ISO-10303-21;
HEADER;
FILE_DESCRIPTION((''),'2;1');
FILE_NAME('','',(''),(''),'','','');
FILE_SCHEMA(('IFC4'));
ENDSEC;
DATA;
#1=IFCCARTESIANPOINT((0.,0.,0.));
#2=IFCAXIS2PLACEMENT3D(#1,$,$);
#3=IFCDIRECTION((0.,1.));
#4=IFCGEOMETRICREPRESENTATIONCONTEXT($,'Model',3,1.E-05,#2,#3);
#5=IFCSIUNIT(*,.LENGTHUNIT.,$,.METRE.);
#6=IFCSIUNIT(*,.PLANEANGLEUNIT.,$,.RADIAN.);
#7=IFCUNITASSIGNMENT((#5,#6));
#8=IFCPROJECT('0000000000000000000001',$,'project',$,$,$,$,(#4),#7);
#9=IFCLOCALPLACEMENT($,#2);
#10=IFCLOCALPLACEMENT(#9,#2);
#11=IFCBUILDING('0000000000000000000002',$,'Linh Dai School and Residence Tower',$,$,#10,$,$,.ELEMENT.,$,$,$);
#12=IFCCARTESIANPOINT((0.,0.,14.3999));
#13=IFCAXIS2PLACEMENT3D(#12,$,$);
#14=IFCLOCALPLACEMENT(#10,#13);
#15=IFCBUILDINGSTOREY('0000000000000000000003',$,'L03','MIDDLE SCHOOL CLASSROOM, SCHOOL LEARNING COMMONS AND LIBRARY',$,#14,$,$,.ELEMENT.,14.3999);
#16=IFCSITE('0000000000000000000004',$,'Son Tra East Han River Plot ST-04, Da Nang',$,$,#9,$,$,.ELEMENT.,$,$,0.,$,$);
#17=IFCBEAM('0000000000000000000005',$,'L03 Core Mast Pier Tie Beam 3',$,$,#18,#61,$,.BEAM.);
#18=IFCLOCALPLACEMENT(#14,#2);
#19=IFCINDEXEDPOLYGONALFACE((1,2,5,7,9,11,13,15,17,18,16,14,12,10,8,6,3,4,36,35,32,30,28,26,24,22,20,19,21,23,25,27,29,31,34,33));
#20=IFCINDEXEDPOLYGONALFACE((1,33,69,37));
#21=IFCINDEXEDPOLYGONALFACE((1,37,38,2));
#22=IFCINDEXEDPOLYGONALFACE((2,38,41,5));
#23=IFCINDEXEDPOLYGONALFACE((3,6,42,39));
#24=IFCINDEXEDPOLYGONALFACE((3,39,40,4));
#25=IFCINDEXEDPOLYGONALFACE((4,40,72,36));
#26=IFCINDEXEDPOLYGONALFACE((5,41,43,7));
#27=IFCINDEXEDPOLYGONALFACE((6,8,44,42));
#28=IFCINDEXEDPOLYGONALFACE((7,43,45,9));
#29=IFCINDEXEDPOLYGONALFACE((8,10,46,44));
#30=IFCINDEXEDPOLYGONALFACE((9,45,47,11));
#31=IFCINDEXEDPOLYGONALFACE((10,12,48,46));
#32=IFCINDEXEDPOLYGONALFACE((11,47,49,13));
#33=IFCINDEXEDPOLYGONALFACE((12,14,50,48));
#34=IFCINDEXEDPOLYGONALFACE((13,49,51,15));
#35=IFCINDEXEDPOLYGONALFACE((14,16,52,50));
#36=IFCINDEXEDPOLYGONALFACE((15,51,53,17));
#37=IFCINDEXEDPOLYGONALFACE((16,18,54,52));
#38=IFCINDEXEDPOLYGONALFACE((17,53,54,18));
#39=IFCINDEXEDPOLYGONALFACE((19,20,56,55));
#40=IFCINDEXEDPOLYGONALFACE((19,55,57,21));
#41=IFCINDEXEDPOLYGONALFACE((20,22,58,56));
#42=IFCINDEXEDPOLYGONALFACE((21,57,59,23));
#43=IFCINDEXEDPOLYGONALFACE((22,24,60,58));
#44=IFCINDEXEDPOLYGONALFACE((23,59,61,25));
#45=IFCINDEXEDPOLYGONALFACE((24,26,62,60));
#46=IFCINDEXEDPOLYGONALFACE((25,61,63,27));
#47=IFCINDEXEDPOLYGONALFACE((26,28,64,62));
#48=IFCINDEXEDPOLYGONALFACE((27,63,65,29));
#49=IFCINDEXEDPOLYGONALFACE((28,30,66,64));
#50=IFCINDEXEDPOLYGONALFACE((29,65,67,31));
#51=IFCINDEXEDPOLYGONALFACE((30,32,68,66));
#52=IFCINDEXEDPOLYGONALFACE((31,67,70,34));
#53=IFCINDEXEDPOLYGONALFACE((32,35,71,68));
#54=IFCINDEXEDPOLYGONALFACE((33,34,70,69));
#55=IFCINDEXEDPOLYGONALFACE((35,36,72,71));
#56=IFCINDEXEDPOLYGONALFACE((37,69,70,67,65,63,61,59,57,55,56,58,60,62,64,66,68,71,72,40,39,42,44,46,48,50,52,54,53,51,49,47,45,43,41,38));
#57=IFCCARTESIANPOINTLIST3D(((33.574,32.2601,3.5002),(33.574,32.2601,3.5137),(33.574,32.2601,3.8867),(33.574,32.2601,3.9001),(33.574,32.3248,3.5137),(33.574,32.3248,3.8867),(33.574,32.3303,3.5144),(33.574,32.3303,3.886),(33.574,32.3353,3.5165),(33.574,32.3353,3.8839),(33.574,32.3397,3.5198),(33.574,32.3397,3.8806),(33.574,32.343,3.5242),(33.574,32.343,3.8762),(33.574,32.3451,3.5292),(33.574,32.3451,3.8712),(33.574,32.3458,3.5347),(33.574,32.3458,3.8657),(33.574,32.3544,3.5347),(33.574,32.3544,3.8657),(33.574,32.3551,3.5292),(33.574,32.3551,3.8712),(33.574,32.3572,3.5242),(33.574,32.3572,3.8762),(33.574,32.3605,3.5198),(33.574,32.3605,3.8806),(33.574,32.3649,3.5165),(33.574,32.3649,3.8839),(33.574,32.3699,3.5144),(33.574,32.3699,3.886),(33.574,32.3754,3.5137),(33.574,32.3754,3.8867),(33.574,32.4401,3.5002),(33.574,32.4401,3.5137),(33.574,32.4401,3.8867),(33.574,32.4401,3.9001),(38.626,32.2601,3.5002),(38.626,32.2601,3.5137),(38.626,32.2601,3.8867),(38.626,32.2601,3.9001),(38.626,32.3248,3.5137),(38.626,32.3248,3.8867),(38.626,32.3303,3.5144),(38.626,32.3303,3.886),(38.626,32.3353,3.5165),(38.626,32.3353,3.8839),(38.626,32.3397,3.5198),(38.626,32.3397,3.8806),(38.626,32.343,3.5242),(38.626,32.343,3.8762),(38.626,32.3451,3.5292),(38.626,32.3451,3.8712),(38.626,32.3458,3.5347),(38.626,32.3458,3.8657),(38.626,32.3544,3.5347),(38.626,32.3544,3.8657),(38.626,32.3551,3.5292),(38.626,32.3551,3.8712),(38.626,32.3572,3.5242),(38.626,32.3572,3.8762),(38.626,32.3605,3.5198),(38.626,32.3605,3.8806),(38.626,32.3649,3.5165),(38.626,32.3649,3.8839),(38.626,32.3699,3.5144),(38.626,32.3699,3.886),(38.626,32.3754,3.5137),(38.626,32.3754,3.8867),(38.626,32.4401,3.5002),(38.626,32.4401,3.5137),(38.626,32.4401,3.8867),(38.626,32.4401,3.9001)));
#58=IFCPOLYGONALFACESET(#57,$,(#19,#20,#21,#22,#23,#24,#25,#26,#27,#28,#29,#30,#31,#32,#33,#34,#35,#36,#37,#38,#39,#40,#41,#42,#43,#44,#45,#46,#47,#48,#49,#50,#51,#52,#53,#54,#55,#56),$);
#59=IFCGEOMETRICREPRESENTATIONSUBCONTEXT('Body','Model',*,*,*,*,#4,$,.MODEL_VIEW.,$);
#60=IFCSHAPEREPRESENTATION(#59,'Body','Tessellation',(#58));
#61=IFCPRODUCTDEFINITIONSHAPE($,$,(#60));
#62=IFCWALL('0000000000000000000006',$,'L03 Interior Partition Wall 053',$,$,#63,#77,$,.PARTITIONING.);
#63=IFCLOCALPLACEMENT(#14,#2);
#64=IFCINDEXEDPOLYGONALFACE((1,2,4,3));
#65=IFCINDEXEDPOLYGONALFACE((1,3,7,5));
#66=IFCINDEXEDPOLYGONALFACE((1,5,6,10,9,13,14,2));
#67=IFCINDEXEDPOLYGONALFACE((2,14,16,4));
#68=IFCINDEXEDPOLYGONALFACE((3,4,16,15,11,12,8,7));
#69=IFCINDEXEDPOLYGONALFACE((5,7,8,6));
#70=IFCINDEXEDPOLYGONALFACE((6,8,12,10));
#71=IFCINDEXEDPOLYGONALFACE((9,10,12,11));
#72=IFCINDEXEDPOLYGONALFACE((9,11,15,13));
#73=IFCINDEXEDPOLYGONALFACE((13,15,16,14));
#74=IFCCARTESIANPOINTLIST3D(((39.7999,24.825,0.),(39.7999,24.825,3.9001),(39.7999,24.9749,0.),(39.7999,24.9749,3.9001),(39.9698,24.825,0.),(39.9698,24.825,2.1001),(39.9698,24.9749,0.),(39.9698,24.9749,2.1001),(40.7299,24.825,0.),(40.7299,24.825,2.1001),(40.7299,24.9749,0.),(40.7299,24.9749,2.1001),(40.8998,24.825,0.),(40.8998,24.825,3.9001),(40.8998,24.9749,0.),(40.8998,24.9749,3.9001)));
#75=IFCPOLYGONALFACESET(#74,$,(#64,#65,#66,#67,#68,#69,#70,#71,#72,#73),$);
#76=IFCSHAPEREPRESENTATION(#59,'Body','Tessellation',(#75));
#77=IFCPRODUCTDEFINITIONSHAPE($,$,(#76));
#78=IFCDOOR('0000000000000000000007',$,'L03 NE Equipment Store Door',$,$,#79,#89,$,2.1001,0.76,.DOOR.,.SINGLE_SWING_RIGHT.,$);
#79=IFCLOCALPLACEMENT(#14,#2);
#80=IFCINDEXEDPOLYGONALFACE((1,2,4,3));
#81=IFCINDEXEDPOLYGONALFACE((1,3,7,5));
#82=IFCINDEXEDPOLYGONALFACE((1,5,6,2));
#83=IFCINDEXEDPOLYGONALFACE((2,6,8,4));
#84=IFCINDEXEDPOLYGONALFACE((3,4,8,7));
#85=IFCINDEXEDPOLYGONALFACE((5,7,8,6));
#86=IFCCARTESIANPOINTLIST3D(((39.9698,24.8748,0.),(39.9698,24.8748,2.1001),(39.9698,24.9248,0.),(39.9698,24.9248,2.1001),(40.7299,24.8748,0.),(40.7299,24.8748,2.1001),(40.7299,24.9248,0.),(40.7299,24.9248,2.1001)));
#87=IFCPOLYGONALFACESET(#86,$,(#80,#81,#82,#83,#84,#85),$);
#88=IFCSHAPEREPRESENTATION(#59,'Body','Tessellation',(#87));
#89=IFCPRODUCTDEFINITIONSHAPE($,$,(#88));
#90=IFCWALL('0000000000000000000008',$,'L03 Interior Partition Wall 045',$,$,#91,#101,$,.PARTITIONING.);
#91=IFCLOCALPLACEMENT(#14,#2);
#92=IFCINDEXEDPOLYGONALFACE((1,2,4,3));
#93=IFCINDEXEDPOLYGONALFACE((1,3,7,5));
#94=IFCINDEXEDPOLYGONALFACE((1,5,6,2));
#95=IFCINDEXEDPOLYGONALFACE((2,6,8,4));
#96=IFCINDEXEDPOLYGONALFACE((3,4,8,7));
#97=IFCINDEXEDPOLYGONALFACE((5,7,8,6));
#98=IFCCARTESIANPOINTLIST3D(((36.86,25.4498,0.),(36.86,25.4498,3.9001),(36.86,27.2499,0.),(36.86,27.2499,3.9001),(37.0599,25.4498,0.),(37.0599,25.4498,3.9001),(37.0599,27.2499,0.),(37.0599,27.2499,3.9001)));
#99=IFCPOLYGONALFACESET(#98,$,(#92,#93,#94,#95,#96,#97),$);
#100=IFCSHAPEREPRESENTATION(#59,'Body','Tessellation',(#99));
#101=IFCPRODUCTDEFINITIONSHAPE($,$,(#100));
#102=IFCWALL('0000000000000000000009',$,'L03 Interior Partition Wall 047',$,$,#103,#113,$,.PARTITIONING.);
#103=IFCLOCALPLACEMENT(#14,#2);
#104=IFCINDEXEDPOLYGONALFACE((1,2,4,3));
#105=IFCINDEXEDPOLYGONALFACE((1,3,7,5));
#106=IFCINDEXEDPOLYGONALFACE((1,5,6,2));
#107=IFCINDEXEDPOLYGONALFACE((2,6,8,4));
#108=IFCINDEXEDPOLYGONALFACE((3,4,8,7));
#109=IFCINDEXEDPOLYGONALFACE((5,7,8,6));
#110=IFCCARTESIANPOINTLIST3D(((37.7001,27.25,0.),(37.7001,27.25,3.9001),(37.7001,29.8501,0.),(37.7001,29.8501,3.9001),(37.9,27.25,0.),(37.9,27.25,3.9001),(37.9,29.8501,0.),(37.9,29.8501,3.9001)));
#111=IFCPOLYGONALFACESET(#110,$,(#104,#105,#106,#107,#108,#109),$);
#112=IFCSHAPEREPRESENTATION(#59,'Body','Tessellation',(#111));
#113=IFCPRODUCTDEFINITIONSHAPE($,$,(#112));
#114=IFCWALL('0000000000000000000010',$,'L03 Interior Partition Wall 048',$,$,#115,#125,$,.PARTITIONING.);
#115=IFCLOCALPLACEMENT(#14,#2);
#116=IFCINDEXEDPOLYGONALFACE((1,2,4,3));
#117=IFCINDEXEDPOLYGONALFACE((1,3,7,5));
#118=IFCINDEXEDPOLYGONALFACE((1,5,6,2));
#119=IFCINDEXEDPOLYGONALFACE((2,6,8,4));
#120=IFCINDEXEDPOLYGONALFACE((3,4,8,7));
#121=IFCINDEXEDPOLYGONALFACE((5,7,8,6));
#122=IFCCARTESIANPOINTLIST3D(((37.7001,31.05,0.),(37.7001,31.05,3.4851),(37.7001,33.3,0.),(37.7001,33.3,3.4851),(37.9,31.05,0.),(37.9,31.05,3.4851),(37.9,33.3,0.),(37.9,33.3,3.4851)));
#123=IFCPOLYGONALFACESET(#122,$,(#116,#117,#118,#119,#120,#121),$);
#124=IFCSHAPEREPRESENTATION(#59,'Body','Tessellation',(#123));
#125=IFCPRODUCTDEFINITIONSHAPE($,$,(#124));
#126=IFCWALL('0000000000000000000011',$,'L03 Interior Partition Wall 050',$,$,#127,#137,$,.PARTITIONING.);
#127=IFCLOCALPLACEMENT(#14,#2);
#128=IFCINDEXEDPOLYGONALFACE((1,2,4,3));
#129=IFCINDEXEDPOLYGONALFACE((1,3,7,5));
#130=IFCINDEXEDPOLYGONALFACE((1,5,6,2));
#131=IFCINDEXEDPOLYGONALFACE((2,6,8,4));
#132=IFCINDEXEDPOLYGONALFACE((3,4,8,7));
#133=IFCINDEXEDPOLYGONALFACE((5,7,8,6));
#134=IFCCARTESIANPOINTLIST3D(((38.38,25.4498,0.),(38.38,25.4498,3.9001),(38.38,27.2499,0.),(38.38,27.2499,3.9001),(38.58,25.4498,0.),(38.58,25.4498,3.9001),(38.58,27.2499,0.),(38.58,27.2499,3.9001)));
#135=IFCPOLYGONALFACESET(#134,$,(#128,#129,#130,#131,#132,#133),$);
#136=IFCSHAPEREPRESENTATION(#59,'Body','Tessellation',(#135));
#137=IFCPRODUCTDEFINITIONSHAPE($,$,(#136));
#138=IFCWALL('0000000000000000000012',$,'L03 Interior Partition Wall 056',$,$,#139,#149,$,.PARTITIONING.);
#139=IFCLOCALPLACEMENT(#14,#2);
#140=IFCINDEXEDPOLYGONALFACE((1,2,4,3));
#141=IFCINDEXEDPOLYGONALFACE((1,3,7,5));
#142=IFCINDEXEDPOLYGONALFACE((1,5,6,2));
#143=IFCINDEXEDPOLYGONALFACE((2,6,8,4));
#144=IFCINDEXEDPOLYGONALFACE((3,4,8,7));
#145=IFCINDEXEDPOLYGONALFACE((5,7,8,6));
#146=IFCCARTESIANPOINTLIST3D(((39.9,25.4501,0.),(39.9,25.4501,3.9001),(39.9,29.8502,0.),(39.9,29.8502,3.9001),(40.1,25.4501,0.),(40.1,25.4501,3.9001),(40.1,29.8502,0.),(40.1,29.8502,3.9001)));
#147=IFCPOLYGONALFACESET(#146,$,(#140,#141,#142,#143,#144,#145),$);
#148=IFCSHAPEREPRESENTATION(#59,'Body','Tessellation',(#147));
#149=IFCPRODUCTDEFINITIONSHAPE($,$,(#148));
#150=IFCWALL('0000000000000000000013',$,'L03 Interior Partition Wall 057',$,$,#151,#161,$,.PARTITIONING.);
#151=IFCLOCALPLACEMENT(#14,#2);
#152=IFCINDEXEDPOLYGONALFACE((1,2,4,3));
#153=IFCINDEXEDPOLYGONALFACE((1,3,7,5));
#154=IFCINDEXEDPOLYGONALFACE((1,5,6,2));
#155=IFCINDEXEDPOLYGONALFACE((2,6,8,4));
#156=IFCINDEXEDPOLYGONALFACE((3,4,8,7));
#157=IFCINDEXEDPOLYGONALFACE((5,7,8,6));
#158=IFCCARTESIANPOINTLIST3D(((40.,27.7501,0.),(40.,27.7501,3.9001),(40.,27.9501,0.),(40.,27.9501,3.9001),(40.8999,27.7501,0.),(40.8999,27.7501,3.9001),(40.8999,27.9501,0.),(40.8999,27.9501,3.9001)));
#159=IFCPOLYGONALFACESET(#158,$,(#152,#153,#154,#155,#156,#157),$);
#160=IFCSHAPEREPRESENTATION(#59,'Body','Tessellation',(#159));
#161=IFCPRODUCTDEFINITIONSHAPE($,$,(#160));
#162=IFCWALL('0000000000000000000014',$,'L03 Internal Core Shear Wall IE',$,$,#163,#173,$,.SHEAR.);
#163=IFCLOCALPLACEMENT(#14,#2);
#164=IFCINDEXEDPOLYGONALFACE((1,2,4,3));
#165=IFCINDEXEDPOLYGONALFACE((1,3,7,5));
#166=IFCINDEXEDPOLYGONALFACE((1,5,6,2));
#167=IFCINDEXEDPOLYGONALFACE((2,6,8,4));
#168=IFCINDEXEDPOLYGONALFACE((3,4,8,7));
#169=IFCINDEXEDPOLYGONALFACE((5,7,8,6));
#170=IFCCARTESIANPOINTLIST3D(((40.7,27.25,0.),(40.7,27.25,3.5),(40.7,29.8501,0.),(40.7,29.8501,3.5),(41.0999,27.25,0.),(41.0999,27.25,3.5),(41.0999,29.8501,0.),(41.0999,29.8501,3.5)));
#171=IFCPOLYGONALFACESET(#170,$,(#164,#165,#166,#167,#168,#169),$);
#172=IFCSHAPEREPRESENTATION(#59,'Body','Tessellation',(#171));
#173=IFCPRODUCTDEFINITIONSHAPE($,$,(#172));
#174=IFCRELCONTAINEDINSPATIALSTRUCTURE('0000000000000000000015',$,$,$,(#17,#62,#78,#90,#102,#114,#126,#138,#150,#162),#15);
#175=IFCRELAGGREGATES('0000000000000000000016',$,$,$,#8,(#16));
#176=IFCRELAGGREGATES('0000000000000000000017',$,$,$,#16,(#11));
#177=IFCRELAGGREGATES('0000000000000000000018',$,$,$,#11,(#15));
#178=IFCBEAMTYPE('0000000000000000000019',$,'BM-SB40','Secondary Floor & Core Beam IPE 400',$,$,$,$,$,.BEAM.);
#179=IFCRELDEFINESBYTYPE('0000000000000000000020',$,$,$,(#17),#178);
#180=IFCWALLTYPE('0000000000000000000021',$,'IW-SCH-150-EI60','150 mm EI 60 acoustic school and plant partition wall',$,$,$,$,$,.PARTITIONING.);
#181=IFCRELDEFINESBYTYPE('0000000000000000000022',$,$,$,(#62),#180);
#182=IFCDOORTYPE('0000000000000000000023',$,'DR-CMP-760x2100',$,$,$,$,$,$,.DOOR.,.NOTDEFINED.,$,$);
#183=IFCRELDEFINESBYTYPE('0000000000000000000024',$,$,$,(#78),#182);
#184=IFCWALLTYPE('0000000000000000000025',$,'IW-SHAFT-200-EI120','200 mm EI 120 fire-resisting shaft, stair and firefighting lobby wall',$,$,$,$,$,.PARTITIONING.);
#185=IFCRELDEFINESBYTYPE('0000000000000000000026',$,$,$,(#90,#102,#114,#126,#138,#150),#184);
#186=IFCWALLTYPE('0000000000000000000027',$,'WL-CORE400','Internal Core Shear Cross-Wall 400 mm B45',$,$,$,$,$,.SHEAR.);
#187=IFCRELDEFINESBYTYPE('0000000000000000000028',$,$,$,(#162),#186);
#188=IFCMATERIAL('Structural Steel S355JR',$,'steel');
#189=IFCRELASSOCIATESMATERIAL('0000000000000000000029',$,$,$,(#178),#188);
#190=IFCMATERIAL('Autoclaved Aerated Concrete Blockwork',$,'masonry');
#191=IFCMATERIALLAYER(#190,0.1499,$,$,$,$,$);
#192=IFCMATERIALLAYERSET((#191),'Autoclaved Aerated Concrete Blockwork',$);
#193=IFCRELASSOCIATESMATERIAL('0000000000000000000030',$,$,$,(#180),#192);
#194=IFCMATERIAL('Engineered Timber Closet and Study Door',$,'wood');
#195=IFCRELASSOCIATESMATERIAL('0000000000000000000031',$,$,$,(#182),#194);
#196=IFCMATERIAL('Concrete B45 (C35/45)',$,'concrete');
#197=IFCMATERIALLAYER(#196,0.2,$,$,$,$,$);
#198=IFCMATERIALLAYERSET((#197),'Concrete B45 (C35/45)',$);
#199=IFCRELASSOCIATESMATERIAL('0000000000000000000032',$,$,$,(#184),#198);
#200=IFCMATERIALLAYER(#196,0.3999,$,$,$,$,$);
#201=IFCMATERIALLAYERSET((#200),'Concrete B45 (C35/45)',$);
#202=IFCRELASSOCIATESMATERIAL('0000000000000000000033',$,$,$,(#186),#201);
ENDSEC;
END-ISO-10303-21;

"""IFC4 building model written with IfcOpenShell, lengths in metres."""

from ifc_helpers import new_model, si_unit, direction, frame, frame_2d, origin, origin_2d, place, context, subcontext, project, spatial, rectangle, i_section, extrude, source, transform, mapped, material, layer, layer_set, material_profile, profile_set, type_object, element, fill, save


model = new_model("IFC4")

# Units and contexts
model_context = context("Model", 3, precision=1e-05, world=origin(), true_north=direction((0.0, 1.0)))
body_context = subcontext(model_context, "Body", "Model", "MODEL_VIEW")
ifc_project = project(units=[si_unit("LENGTHUNIT", "METRE"), si_unit("PLANEANGLEUNIT", "RADIAN")], contexts=[model_context])

# Site, building, storey
site_placement = place(None, origin())
site = spatial("IfcSite", under=ifc_project, at=site_placement, Name="Son Tra East Han River Plot ST-04, Da Nang", CompositionType="ELEMENT", RefElevation=0.0)
building_placement = place(site_placement, origin())
building = spatial("IfcBuilding", under=site, at=building_placement, Name="Linh Dai School and Residence Tower", CompositionType="ELEMENT")
storey_placement = place(building_placement, frame((0.0, 0.0, 14.3999)))
storey = spatial("IfcBuildingStorey", under=building, at=storey_placement, Name="L03", Description="MIDDLE SCHOOL CLASSROOM, SCHOOL LEARNING COMMONS AND LIBRARY", CompositionType="ELEMENT", Elevation=14.3999)

# Shared definitions
ifc_material_1 = material(Name="Structural Steel S355JR", Category="steel")

# Beam
ifc_material_profile_1 = material_profile(ifc_material_1, i_section(OverallWidth=0.1799, OverallDepth=0.3999, WebThickness=0.0085, FlangeThickness=0.0134, FilletRadius=0.021, at=origin_2d()), Name="IPE 400")
ifc_profile_set_1 = profile_set([ifc_material_profile_1], Name="Structural Steel S355JR")
beam_type = type_object("IfcBeamType", Name="BM-SB40", Description="Secondary Floor & Core Beam IPE 400", PredefinedType="BEAM", material=ifc_profile_set_1)
beam_placement = place(storey_placement, frame((38.626, 32.3501, 3.7002), z_axis=(-1.0, 0.0, 0.0), x_axis=(0.0, -1.0, 0.0)))
element("IfcBeam", 1, at=beam_placement, inside=storey, type_object=beam_type, Name="L03 Core Mast Pier Tie Beam 3", PredefinedType="BEAM", context=body_context, shape_type="SweptSolid", body=[
    extrude(i_section(OverallWidth=0.1799, OverallDepth=0.3999, WebThickness=0.0085, FlangeThickness=0.0134, FilletRadius=0.021, at=origin_2d()), origin(), (0.0, 0.0, 1.0), 5.052),
])

# Wall, opening, door
ifc_material_2 = material(Name="Autoclaved Aerated Concrete Blockwork", Category="masonry")
ifc_layer_1 = layer(ifc_material_2, 0.1499)
ifc_layer_set_1 = layer_set([ifc_layer_1], Name="Autoclaved Aerated Concrete Blockwork")
wall_type_1 = type_object("IfcWallType", Name="IW-SCH-150-EI60", Description="150 mm EI 60 acoustic school and plant partition wall", PredefinedType="PARTITIONING", material=ifc_layer_set_1)
wall_1_placement = place(storey_placement, frame((39.8, 24.8999, 0.0), z_axis=(0.0, 0.0, 1.0), x_axis=(1.0, 0.0, 0.0)))
wall_1 = element("IfcWall", 2, at=wall_1_placement, inside=storey, type_object=wall_type_1, Name="L03 Interior Partition Wall 053", PredefinedType="PARTITIONING", context=body_context, shape_type="SweptSolid", body=[
    extrude(rectangle(XDim=1.0999, YDim=0.1499, at=frame_2d((0.5498, 0.0))), origin(), (0.0, 0.0, 1.0), 3.9001),
])
opening_placement = place(wall_1_placement, frame((0.1699, 0.0, 0.0)))
opening = element("IfcOpeningElement", 3, at=opening_placement, cuts=wall_1, PredefinedType="OPENING", context=body_context, shape_type="SweptSolid", body=[
    extrude(rectangle(XDim=0.76, YDim=2.1001, at=origin_2d()), frame((0.3799, 0.085, 1.05), z_axis=(0.0, -1.0, 0.0), x_axis=(1.0, 0.0, 0.0)), (0.0, 0.0, 1.0), 0.1699),
])
ifc_material_3 = material(Name="Engineered Timber Closet and Study Door", Category="wood")
door_type = type_object("IfcDoorType", Name="DR-CMP-760x2100", OperationType="NOTDEFINED", PredefinedType="DOOR", material=ifc_material_3)
shared_shape_1 = source(origin(), body_context, "Body", "SweptSolid", [
    extrude(rectangle(XDim=0.76, YDim=2.1001, at=origin_2d()), frame((0.3799, 0.0249, 1.05), z_axis=(0.0, -1.0, 0.0), x_axis=(1.0, 0.0, 0.0)), (0.0, 0.0, 1.0), 0.05),
])
door_placement = place(opening_placement, origin())
door = element("IfcDoor", 4, at=door_placement, inside=storey, type_object=door_type, Name="L03 NE Equipment Store Door", OperationType="SINGLE_SWING_RIGHT", OverallHeight=2.1001, OverallWidth=0.76, PredefinedType="DOOR", context=body_context, shape_type="MappedRepresentation", body=[
    mapped(shared_shape_1, transform((0.0, 0.0, 0.0), x_axis=(1.0, 0.0, 0.0), y_axis=(0.0, 1.0, 0.0), z_axis=(0.0, 0.0, 1.0), scale=1.0)),
])
fill(opening, door)

# Walls
ifc_material_4 = material(Name="Concrete B45 (C35/45)", Category="concrete")
ifc_layer_2 = layer(ifc_material_4, 0.2)
ifc_layer_set_2 = layer_set([ifc_layer_2], Name="Concrete B45 (C35/45)")
wall_type_2 = type_object("IfcWallType", Name="IW-SHAFT-200-EI120", Description="200 mm EI 120 fire-resisting shaft, stair and firefighting lobby wall", PredefinedType="PARTITIONING", material=ifc_layer_set_2)
wall_2_placement = place(storey_placement, frame((36.96, 25.45, 0.0), z_axis=(0.0, 0.0, 1.0), x_axis=(0.0, 1.0, 0.0)))
element("IfcWall", 5, at=wall_2_placement, inside=storey, type_object=wall_type_2, Name="L03 Interior Partition Wall 045", PredefinedType="PARTITIONING", context=body_context, shape_type="SweptSolid", body=[
    extrude(rectangle(XDim=1.8, YDim=0.2, at=frame_2d((0.8999, 0.0))), origin(), (0.0, 0.0, 1.0), 3.9001),
])
wall_3_placement = place(storey_placement, frame((37.8, 27.25, 0.0), z_axis=(0.0, 0.0, 1.0), x_axis=(0.0, 1.0, 0.0)))
element("IfcWall", 6, at=wall_3_placement, inside=storey, type_object=wall_type_2, Name="L03 Interior Partition Wall 047", PredefinedType="PARTITIONING", context=body_context, shape_type="SweptSolid", body=[
    extrude(rectangle(XDim=2.6001, YDim=0.2, at=frame_2d((1.3, 0.0))), origin(), (0.0, 0.0, 1.0), 3.9001),
])
wall_4_placement = place(storey_placement, frame((37.8, 31.05, 0.0), z_axis=(0.0, 0.0, 1.0), x_axis=(0.0, 1.0, 0.0)))
element("IfcWall", 7, at=wall_4_placement, inside=storey, type_object=wall_type_2, Name="L03 Interior Partition Wall 048", PredefinedType="PARTITIONING", context=body_context, shape_type="SweptSolid", body=[
    extrude(rectangle(XDim=2.25, YDim=0.2, at=frame_2d((1.125, 0.0))), origin(), (0.0, 0.0, 1.0), 3.4851),
])
wall_5_placement = place(storey_placement, frame((38.48, 25.45, 0.0), z_axis=(0.0, 0.0, 1.0), x_axis=(0.0, 1.0, 0.0)))
element("IfcWall", 8, at=wall_5_placement, inside=storey, type_object=wall_type_2, Name="L03 Interior Partition Wall 050", PredefinedType="PARTITIONING", context=body_context, shape_type="SweptSolid", body=[
    extrude(rectangle(XDim=1.8, YDim=0.2, at=frame_2d((0.8999, 0.0))), origin(), (0.0, 0.0, 1.0), 3.9001),
])
wall_6_placement = place(storey_placement, frame((40.0, 25.45, 0.0), z_axis=(0.0, 0.0, 1.0), x_axis=(0.0, 1.0, 0.0)))
element("IfcWall", 9, at=wall_6_placement, inside=storey, type_object=wall_type_2, Name="L03 Interior Partition Wall 056", PredefinedType="PARTITIONING", context=body_context, shape_type="SweptSolid", body=[
    extrude(rectangle(XDim=4.4001, YDim=0.2, at=frame_2d((2.2002, 0.0))), origin(), (0.0, 0.0, 1.0), 3.9001),
])
wall_7_placement = place(storey_placement, frame((40.0, 27.8501, 0.0), z_axis=(0.0, 0.0, 1.0), x_axis=(1.0, 0.0, 0.0)))
element("IfcWall", 10, at=wall_7_placement, inside=storey, type_object=wall_type_2, Name="L03 Interior Partition Wall 057", PredefinedType="PARTITIONING", context=body_context, shape_type="SweptSolid", body=[
    extrude(rectangle(XDim=0.8999, YDim=0.2, at=frame_2d((0.45, 0.0))), origin(), (0.0, 0.0, 1.0), 3.9001),
])
ifc_layer_3 = layer(ifc_material_4, 0.3999)
ifc_layer_set_3 = layer_set([ifc_layer_3], Name="Concrete B45 (C35/45)")
wall_type_3 = type_object("IfcWallType", Name="WL-CORE400", Description="Internal Core Shear Cross-Wall 400 mm B45", PredefinedType="SHEAR", material=ifc_layer_set_3)
wall_8_placement = place(storey_placement, frame((40.8999, 27.25, 0.0), z_axis=(0.0, 0.0, 1.0), x_axis=(0.0, 1.0, 0.0)))
element("IfcWall", 11, at=wall_8_placement, inside=storey, type_object=wall_type_3, Name="L03 Internal Core Shear Wall IE", PredefinedType="SHEAR", context=body_context, shape_type="SweptSolid", body=[
    extrude(rectangle(XDim=2.6001, YDim=0.3999, at=frame_2d((1.3, 0.0))), origin(), (0.0, 0.0, 1.0), 3.5),
])

save(model, "model.ifc")
